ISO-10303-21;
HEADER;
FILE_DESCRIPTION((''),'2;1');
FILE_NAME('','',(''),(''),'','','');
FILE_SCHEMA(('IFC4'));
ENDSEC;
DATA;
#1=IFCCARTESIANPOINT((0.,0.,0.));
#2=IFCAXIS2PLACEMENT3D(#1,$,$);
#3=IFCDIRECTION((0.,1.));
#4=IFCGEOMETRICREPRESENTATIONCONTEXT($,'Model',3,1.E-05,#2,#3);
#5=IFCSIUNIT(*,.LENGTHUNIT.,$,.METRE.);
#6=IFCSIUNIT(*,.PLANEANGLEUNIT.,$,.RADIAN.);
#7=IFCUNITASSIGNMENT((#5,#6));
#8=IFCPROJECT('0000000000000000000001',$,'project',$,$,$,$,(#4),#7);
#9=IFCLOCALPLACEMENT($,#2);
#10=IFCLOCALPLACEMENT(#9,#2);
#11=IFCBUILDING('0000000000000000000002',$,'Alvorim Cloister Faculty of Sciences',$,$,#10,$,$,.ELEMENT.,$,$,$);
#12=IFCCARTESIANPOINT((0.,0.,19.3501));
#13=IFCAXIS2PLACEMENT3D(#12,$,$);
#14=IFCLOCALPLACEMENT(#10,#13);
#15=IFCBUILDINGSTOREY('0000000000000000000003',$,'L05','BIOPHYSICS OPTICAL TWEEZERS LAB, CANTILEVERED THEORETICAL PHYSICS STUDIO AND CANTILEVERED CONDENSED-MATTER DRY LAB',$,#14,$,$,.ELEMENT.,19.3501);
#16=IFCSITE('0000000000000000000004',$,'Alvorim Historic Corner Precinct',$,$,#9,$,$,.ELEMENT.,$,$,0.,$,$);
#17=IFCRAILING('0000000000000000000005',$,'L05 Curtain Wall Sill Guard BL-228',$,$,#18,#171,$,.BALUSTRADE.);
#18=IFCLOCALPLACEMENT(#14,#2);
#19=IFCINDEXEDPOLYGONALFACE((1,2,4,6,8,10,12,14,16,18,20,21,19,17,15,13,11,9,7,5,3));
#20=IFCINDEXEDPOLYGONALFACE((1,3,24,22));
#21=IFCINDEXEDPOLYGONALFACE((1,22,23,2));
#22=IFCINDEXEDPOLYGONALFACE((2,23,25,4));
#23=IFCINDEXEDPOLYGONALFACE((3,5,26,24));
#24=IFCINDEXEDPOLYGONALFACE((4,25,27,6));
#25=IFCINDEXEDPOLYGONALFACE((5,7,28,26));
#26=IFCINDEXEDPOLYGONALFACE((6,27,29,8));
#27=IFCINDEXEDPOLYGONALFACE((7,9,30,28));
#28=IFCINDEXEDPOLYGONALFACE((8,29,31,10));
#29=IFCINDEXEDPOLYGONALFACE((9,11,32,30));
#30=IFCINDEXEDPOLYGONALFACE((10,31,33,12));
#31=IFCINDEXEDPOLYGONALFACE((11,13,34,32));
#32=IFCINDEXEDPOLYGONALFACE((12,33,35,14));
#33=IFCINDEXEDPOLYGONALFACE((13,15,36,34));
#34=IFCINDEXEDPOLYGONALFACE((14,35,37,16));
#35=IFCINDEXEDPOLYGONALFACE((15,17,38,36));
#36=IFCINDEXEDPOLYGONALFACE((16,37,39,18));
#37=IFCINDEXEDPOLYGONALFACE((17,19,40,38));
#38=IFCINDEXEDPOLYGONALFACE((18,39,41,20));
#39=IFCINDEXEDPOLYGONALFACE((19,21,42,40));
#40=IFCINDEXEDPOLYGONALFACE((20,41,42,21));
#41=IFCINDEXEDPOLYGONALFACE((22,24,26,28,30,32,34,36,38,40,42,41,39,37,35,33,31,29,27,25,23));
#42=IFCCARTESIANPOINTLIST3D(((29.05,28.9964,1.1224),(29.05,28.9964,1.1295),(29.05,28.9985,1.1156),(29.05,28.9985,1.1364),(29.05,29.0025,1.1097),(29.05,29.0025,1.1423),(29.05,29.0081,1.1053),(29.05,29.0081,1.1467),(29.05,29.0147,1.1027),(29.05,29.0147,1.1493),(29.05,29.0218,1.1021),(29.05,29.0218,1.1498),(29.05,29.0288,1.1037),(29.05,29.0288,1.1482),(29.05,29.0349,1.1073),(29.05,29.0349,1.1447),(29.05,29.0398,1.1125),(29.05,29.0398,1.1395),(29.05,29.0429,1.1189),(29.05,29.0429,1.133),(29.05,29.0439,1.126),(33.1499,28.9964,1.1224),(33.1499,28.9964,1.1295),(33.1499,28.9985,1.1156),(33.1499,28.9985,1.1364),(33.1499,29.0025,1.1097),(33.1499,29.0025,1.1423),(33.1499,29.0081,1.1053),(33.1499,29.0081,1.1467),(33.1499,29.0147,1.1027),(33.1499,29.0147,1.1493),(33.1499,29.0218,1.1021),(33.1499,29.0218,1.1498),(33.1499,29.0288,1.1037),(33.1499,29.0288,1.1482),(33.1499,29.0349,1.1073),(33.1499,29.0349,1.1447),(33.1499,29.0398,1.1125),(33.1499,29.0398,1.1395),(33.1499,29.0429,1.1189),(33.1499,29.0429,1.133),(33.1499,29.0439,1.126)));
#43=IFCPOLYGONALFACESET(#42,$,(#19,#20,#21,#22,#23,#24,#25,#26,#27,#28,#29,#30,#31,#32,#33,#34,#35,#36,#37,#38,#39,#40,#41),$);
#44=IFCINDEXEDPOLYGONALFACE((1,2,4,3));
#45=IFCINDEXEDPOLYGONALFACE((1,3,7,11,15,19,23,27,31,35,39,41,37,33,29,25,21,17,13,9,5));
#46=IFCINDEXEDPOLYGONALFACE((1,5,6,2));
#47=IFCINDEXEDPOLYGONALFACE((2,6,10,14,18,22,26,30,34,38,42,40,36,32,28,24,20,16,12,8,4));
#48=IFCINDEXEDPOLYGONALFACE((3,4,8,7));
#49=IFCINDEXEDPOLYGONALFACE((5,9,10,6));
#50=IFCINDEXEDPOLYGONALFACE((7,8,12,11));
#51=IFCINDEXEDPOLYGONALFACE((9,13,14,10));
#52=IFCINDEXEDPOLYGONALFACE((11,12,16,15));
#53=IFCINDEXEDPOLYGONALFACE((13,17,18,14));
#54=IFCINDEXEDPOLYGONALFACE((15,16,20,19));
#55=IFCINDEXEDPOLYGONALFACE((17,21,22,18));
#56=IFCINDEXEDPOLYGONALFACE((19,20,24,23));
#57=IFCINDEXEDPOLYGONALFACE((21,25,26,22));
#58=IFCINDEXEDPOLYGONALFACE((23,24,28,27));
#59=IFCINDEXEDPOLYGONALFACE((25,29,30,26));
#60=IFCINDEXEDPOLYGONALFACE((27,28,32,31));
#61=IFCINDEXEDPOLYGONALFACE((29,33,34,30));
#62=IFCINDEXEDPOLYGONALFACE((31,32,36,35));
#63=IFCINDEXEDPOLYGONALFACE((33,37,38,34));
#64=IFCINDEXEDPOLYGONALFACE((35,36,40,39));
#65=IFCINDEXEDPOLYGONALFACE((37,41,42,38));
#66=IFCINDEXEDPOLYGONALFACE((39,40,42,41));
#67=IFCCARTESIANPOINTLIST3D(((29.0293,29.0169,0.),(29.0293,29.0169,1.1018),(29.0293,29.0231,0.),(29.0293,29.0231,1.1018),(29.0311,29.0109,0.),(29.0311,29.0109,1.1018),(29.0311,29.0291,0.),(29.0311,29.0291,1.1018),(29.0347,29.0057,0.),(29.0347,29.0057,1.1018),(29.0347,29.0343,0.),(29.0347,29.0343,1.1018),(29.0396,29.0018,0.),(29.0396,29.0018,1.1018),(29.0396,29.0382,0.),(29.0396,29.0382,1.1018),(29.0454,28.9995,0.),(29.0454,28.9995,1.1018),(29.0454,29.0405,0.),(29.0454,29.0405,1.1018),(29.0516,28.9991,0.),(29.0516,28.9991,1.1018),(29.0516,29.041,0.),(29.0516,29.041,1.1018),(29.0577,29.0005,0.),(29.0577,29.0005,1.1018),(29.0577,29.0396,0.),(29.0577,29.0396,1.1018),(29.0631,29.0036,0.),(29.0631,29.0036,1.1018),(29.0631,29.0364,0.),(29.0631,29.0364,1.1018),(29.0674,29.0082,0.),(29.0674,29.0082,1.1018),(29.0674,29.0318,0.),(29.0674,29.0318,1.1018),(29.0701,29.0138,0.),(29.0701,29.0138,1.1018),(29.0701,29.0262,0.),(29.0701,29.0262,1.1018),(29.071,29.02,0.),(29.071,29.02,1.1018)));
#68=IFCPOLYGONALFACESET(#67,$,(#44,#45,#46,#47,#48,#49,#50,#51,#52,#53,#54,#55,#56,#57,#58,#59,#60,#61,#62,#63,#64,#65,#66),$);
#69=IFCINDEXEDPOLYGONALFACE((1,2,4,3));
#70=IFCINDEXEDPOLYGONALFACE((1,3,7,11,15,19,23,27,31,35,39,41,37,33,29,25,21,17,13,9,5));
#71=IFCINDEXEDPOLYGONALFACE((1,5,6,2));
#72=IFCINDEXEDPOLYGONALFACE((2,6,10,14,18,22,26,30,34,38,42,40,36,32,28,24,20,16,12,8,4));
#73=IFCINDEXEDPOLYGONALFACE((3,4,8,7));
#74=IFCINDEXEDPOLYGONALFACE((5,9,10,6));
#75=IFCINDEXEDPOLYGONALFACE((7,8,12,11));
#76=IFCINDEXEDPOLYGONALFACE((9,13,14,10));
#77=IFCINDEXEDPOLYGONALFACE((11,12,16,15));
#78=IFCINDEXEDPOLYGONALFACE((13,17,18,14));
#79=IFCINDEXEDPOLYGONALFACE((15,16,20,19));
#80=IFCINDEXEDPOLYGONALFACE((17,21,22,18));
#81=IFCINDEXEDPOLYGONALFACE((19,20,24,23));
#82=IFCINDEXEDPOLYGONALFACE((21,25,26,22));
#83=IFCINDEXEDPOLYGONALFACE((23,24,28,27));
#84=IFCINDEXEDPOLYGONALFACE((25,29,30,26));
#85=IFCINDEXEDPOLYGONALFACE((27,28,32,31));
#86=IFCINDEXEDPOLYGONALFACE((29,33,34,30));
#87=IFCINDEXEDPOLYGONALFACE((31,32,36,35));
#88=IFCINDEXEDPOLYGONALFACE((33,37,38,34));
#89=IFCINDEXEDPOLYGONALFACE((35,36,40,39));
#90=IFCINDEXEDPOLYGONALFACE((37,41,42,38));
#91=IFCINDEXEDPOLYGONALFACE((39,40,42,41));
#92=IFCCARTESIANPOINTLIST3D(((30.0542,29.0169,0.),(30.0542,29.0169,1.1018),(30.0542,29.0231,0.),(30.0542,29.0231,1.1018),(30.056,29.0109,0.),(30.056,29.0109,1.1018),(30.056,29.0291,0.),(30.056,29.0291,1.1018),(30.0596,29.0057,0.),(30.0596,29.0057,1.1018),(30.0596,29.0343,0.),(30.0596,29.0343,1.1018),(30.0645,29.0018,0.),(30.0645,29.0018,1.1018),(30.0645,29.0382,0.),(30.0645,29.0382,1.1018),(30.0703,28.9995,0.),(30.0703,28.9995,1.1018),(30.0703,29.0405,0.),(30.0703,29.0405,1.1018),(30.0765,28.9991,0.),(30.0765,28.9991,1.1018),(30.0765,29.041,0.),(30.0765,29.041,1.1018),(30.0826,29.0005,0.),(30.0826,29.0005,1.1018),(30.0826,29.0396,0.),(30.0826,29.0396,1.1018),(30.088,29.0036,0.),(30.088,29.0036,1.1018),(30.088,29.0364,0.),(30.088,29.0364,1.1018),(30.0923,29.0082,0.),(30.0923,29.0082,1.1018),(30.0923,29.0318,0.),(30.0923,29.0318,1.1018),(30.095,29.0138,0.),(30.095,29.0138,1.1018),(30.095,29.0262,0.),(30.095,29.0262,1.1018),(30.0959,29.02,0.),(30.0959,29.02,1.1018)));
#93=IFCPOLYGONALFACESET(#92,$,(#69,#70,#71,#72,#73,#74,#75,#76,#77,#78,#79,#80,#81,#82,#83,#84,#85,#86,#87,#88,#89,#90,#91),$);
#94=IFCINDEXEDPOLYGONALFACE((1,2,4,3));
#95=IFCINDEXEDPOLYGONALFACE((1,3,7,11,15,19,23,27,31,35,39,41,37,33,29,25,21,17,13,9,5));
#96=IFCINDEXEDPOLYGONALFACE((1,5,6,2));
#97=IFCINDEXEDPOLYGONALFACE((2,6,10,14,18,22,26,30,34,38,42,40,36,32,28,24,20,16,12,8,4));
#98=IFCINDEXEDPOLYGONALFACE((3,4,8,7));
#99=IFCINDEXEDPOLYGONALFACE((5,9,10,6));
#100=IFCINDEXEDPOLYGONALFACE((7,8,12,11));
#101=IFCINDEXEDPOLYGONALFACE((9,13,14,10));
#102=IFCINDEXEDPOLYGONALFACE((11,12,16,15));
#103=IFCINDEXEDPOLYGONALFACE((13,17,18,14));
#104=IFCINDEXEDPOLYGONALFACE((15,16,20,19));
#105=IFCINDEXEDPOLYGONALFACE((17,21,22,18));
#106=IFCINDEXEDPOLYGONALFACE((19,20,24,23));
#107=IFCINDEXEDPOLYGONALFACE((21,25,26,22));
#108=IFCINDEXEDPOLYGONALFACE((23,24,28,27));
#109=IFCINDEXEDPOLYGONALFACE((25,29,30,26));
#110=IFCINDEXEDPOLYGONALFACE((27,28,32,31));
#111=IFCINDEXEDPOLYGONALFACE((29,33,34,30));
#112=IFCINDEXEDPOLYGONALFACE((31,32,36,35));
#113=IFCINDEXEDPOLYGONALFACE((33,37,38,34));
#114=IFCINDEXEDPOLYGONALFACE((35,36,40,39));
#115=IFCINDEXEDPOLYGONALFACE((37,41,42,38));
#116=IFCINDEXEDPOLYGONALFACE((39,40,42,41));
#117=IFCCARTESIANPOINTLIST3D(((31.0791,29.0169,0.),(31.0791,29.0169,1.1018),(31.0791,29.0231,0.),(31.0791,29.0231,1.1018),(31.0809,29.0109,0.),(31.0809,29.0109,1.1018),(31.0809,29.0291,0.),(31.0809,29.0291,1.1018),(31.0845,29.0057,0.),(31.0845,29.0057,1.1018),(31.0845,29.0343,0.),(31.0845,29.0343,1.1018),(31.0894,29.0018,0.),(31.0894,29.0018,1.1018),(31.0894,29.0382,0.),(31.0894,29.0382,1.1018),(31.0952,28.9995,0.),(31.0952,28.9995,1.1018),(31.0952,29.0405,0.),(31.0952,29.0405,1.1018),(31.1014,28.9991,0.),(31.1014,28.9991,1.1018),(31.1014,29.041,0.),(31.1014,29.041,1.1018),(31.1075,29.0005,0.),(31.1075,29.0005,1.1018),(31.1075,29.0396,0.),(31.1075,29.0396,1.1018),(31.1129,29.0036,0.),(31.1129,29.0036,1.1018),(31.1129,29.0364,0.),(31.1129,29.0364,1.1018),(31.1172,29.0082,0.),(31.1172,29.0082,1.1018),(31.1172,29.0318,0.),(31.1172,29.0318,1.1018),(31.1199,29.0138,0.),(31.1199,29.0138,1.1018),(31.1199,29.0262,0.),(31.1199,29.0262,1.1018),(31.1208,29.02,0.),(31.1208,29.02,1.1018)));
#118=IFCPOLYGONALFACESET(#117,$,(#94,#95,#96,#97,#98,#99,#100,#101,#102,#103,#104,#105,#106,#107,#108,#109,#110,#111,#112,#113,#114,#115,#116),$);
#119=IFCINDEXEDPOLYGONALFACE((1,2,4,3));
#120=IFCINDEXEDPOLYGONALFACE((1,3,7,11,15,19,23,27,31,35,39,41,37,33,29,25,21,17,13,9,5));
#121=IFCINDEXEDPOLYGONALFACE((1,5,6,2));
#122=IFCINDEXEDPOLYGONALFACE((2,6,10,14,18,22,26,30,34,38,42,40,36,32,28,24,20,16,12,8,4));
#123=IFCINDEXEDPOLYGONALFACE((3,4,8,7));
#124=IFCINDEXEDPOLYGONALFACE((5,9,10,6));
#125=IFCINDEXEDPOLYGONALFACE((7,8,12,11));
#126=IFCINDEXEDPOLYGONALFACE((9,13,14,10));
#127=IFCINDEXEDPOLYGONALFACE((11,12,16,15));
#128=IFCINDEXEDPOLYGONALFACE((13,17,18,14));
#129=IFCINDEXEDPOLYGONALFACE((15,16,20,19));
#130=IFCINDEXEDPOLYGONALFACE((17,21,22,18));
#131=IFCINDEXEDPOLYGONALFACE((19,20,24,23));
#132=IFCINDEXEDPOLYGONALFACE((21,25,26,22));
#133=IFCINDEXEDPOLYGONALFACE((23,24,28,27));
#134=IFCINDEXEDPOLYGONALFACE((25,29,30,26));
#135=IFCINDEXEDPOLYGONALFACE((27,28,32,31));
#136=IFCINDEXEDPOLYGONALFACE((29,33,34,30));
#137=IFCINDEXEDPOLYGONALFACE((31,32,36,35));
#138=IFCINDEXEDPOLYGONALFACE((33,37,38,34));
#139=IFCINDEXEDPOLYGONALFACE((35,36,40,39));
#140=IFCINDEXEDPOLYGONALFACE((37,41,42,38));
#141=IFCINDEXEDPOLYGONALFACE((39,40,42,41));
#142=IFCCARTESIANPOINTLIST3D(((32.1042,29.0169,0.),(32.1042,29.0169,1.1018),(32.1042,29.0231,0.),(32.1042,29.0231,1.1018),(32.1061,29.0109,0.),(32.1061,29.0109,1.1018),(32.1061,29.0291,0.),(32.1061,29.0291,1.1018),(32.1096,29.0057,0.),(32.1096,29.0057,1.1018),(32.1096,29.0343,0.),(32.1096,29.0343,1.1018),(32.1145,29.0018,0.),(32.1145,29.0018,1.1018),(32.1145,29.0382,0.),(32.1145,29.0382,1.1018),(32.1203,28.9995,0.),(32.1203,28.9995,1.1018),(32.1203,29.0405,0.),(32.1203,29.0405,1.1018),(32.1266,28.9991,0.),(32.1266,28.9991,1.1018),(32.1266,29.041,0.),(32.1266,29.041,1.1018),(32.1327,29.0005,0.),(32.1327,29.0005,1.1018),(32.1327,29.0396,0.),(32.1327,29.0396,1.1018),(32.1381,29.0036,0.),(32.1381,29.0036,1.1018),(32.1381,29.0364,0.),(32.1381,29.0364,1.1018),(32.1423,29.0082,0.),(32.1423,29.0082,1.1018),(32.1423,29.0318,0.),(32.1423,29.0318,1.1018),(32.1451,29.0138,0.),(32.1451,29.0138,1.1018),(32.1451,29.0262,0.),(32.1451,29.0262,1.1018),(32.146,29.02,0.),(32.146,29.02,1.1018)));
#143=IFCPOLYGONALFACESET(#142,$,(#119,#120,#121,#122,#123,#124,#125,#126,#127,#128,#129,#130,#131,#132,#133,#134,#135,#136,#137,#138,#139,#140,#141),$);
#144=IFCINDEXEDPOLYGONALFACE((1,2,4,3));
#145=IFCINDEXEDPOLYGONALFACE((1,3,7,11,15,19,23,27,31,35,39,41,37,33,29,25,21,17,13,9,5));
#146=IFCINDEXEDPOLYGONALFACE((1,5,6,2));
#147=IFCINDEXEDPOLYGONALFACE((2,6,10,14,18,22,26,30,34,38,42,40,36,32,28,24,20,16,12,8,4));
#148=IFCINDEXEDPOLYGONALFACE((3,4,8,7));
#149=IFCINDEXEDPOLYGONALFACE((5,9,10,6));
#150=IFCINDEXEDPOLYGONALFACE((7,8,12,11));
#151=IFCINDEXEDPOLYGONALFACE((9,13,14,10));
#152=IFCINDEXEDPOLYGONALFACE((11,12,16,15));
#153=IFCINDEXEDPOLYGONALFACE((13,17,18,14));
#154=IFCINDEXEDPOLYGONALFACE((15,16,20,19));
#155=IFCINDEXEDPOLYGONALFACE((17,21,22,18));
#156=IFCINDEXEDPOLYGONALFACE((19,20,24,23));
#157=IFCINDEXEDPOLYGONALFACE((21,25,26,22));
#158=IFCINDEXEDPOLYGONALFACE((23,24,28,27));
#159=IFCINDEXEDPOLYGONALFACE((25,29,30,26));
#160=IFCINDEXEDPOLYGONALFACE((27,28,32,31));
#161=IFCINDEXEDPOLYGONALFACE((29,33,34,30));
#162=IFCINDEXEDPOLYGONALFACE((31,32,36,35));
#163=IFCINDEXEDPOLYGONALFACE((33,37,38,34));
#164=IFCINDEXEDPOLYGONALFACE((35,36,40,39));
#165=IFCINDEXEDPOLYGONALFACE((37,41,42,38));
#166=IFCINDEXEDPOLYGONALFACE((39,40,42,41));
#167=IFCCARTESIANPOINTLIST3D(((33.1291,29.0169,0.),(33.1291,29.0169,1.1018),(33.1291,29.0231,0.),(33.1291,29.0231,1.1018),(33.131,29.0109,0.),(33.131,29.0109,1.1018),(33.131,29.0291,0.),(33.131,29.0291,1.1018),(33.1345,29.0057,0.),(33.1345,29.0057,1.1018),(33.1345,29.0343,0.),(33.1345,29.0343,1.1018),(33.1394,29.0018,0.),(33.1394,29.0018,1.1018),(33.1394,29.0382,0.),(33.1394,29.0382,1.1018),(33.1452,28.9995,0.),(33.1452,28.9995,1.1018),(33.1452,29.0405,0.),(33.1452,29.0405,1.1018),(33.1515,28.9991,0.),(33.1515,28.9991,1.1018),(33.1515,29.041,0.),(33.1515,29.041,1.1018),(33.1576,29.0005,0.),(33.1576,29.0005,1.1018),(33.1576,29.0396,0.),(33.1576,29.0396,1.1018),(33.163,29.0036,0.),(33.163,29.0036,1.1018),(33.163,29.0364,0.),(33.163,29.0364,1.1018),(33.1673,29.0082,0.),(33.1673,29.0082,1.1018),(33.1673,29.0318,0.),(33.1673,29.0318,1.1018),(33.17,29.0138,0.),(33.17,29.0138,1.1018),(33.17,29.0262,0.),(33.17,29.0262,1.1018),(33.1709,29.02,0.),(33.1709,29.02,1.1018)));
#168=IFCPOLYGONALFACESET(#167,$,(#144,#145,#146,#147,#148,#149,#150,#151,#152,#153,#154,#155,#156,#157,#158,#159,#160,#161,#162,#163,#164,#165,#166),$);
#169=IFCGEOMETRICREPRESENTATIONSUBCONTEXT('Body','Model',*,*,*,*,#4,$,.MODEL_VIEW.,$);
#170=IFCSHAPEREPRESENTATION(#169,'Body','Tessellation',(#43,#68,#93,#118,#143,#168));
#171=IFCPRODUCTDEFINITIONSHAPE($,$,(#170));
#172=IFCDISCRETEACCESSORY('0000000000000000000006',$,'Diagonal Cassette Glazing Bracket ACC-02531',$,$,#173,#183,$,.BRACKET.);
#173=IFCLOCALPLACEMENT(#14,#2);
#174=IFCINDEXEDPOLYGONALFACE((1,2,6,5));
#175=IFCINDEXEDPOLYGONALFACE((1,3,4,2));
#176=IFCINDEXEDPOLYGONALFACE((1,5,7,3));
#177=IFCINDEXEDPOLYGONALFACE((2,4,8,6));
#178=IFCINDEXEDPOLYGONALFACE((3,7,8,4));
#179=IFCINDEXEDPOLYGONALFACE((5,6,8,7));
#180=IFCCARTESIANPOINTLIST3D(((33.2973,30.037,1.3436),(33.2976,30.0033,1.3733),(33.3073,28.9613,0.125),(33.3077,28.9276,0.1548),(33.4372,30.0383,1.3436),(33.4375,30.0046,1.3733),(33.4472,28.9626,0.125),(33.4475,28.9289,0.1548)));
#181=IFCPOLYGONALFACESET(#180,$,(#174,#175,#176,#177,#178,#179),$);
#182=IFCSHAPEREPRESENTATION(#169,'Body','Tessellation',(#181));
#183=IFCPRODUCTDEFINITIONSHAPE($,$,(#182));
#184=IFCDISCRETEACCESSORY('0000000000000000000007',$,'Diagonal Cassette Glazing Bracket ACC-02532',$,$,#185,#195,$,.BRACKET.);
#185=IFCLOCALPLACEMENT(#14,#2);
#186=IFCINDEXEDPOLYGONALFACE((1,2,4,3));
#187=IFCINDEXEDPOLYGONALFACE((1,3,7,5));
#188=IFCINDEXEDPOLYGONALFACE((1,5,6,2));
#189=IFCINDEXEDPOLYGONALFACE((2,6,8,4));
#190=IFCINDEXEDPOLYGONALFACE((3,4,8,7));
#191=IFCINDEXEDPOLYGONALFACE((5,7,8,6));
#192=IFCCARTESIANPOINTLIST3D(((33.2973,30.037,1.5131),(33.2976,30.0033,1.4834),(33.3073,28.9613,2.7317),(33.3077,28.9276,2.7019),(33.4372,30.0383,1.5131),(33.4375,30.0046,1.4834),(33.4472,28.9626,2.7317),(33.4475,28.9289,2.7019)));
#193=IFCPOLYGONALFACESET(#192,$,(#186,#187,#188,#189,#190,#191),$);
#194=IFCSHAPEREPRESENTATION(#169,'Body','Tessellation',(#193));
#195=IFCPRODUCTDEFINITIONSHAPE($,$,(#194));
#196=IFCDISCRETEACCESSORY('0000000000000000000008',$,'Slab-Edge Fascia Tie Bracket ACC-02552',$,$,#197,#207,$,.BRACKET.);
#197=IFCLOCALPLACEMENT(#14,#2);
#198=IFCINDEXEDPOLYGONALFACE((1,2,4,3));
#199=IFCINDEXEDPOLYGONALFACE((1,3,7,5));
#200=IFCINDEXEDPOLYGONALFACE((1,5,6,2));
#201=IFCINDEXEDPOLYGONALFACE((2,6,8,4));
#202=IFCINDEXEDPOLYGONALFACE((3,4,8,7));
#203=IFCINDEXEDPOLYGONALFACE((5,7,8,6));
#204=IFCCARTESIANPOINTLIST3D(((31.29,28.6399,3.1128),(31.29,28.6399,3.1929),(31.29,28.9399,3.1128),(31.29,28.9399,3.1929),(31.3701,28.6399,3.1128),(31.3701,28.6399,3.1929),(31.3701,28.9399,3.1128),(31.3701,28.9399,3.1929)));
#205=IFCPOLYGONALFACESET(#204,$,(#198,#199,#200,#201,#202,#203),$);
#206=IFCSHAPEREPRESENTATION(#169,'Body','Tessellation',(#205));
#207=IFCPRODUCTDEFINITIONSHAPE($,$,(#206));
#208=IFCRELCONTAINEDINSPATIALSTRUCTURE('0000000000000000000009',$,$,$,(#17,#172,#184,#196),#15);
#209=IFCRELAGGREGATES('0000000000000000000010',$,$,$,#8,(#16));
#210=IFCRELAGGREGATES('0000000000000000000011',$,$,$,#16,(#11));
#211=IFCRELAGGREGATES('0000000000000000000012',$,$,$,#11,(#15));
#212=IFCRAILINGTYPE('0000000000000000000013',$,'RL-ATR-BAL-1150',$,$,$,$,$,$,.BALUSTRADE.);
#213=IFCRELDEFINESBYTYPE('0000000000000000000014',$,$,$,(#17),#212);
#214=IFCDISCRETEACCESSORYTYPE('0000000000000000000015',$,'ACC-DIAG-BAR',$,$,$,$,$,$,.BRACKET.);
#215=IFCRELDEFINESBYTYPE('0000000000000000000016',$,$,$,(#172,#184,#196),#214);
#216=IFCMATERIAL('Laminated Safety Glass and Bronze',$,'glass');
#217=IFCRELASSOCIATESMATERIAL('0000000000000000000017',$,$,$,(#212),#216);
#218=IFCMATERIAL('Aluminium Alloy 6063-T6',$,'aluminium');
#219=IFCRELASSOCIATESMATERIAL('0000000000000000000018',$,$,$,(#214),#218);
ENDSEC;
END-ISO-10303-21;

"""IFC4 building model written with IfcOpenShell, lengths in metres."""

from ifc_helpers import new_model, si_unit, direction, frame, origin, origin_2d, place, context, subcontext, project, spatial, rectangle, circle, extrude, material, type_object, element, save


model = new_model("IFC4")

# Units and contexts
model_context = context("Model", 3, precision=1e-05, world=origin(), true_north=direction((0.0, 1.0)))
body_context = subcontext(model_context, "Body", "Model", "MODEL_VIEW")
ifc_project = project(units=[si_unit("LENGTHUNIT", "METRE"), si_unit("PLANEANGLEUNIT", "RADIAN")], contexts=[model_context])

# Site, building, storey
site_placement = place(None, origin())
site = spatial("IfcSite", under=ifc_project, at=site_placement, Name="Alvorim Historic Corner Precinct", CompositionType="ELEMENT", RefElevation=0.0)
building_placement = place(site_placement, origin())
building = spatial("IfcBuilding", under=site, at=building_placement, Name="Alvorim Cloister Faculty of Sciences", CompositionType="ELEMENT")
storey_placement = place(building_placement, frame((0.0, 0.0, 19.3501)))
storey = spatial("IfcBuildingStorey", under=building, at=storey_placement, Name="L05", Description="BIOPHYSICS OPTICAL TWEEZERS LAB, CANTILEVERED THEORETICAL PHYSICS STUDIO AND CANTILEVERED CONDENSED-MATTER DRY LAB", CompositionType="ELEMENT", Elevation=19.3501)

# Shared definitions
ifc_material_1 = material(Name="Aluminium Alloy 6063-T6", Category="aluminium")

# Railing
ifc_material_2 = material(Name="Laminated Safety Glass and Bronze", Category="glass")
railing_type = type_object("IfcRailingType", Name="RL-ATR-BAL-1150", PredefinedType="BALUSTRADE", material=ifc_material_2)
railing_1_placement = place(storey_placement, frame((29.05, 29.02, 0.0)))
element("IfcRailing", 1, at=railing_1_placement, inside=storey, type_object=railing_type, Name="L05 Curtain Wall Sill Guard BL-228", PredefinedType="BALUSTRADE", context=body_context, shape_type="SweptSolid", body=[
    extrude(circle(Radius=0.0239, at=origin_2d()), frame((0.0, 0.0, 1.126), z_axis=(1.0, 0.0, 0.0), x_axis=(0.0, 1.0, 0.0)), (0.0, 0.0, 1.0), 4.0999),
    extrude(circle(Radius=0.021, at=origin_2d()), origin(), (0.0, 0.0, 1.0), 1.1018),
    extrude(circle(Radius=0.021, at=origin_2d()), frame((1.0249, 0.0, 0.0)), (0.0, 0.0, 1.0), 1.1018),
    extrude(circle(Radius=0.021, at=origin_2d()), frame((2.0498, 0.0, 0.0)), (0.0, 0.0, 1.0), 1.1018),
    extrude(circle(Radius=0.021, at=origin_2d()), frame((3.075, 0.0, 0.0)), (0.0, 0.0, 1.0), 1.1018),
    extrude(circle(Radius=0.021, at=origin_2d()), frame((4.0999, 0.0, 0.0)), (0.0, 0.0, 1.0), 1.1018),
])

# Discrete accessories
discrete_accessory_type = type_object("IfcDiscreteAccessoryType", Name="ACC-DIAG-BAR", PredefinedType="BRACKET", material=ifc_material_1)
for number, where, z_axis, x_axis, name in (
    (2, (33.3774, 28.9451, 0.1399), (-0.006158, 0.661793, 0.749661), (-0.999957, -0.009305, 0.0), "Diagonal Cassette Glazing Bracket ACC-02531"),
    (3, (33.3774, 28.9451, 2.7168), (-0.006158, 0.661793, -0.749661), (-0.999957, -0.009305, 0.0), "Diagonal Cassette Glazing Bracket ACC-02532"),
):
    element("IfcDiscreteAccessory", number, at=place(storey_placement, frame(where, z_axis=z_axis, x_axis=x_axis)), inside=storey, type_object=discrete_accessory_type, Name=name, PredefinedType="BRACKET", context=body_context, shape_type="SweptSolid", body=[
        extrude(rectangle(XDim=0.1399, YDim=0.0449, at=origin_2d()), origin(), (0.0, 0.0, 1.0), 1.6255),
    ])
discrete_accessory_placement = place(storey_placement, frame((31.3301, 28.9399, 3.1528), z_axis=(0.0, -1.0, 0.0), x_axis=(1.0, 0.0, 0.0)))
element("IfcDiscreteAccessory", 4, at=discrete_accessory_placement, inside=storey, type_object=discrete_accessory_type, Name="Slab-Edge Fascia Tie Bracket ACC-02552", PredefinedType="BRACKET", context=body_context, shape_type="SweptSolid", body=[
    extrude(rectangle(XDim=0.0801, YDim=0.0801, at=origin_2d()), origin(), (0.0, 0.0, 1.0), 0.3),
])

save(model, "model.ifc")
